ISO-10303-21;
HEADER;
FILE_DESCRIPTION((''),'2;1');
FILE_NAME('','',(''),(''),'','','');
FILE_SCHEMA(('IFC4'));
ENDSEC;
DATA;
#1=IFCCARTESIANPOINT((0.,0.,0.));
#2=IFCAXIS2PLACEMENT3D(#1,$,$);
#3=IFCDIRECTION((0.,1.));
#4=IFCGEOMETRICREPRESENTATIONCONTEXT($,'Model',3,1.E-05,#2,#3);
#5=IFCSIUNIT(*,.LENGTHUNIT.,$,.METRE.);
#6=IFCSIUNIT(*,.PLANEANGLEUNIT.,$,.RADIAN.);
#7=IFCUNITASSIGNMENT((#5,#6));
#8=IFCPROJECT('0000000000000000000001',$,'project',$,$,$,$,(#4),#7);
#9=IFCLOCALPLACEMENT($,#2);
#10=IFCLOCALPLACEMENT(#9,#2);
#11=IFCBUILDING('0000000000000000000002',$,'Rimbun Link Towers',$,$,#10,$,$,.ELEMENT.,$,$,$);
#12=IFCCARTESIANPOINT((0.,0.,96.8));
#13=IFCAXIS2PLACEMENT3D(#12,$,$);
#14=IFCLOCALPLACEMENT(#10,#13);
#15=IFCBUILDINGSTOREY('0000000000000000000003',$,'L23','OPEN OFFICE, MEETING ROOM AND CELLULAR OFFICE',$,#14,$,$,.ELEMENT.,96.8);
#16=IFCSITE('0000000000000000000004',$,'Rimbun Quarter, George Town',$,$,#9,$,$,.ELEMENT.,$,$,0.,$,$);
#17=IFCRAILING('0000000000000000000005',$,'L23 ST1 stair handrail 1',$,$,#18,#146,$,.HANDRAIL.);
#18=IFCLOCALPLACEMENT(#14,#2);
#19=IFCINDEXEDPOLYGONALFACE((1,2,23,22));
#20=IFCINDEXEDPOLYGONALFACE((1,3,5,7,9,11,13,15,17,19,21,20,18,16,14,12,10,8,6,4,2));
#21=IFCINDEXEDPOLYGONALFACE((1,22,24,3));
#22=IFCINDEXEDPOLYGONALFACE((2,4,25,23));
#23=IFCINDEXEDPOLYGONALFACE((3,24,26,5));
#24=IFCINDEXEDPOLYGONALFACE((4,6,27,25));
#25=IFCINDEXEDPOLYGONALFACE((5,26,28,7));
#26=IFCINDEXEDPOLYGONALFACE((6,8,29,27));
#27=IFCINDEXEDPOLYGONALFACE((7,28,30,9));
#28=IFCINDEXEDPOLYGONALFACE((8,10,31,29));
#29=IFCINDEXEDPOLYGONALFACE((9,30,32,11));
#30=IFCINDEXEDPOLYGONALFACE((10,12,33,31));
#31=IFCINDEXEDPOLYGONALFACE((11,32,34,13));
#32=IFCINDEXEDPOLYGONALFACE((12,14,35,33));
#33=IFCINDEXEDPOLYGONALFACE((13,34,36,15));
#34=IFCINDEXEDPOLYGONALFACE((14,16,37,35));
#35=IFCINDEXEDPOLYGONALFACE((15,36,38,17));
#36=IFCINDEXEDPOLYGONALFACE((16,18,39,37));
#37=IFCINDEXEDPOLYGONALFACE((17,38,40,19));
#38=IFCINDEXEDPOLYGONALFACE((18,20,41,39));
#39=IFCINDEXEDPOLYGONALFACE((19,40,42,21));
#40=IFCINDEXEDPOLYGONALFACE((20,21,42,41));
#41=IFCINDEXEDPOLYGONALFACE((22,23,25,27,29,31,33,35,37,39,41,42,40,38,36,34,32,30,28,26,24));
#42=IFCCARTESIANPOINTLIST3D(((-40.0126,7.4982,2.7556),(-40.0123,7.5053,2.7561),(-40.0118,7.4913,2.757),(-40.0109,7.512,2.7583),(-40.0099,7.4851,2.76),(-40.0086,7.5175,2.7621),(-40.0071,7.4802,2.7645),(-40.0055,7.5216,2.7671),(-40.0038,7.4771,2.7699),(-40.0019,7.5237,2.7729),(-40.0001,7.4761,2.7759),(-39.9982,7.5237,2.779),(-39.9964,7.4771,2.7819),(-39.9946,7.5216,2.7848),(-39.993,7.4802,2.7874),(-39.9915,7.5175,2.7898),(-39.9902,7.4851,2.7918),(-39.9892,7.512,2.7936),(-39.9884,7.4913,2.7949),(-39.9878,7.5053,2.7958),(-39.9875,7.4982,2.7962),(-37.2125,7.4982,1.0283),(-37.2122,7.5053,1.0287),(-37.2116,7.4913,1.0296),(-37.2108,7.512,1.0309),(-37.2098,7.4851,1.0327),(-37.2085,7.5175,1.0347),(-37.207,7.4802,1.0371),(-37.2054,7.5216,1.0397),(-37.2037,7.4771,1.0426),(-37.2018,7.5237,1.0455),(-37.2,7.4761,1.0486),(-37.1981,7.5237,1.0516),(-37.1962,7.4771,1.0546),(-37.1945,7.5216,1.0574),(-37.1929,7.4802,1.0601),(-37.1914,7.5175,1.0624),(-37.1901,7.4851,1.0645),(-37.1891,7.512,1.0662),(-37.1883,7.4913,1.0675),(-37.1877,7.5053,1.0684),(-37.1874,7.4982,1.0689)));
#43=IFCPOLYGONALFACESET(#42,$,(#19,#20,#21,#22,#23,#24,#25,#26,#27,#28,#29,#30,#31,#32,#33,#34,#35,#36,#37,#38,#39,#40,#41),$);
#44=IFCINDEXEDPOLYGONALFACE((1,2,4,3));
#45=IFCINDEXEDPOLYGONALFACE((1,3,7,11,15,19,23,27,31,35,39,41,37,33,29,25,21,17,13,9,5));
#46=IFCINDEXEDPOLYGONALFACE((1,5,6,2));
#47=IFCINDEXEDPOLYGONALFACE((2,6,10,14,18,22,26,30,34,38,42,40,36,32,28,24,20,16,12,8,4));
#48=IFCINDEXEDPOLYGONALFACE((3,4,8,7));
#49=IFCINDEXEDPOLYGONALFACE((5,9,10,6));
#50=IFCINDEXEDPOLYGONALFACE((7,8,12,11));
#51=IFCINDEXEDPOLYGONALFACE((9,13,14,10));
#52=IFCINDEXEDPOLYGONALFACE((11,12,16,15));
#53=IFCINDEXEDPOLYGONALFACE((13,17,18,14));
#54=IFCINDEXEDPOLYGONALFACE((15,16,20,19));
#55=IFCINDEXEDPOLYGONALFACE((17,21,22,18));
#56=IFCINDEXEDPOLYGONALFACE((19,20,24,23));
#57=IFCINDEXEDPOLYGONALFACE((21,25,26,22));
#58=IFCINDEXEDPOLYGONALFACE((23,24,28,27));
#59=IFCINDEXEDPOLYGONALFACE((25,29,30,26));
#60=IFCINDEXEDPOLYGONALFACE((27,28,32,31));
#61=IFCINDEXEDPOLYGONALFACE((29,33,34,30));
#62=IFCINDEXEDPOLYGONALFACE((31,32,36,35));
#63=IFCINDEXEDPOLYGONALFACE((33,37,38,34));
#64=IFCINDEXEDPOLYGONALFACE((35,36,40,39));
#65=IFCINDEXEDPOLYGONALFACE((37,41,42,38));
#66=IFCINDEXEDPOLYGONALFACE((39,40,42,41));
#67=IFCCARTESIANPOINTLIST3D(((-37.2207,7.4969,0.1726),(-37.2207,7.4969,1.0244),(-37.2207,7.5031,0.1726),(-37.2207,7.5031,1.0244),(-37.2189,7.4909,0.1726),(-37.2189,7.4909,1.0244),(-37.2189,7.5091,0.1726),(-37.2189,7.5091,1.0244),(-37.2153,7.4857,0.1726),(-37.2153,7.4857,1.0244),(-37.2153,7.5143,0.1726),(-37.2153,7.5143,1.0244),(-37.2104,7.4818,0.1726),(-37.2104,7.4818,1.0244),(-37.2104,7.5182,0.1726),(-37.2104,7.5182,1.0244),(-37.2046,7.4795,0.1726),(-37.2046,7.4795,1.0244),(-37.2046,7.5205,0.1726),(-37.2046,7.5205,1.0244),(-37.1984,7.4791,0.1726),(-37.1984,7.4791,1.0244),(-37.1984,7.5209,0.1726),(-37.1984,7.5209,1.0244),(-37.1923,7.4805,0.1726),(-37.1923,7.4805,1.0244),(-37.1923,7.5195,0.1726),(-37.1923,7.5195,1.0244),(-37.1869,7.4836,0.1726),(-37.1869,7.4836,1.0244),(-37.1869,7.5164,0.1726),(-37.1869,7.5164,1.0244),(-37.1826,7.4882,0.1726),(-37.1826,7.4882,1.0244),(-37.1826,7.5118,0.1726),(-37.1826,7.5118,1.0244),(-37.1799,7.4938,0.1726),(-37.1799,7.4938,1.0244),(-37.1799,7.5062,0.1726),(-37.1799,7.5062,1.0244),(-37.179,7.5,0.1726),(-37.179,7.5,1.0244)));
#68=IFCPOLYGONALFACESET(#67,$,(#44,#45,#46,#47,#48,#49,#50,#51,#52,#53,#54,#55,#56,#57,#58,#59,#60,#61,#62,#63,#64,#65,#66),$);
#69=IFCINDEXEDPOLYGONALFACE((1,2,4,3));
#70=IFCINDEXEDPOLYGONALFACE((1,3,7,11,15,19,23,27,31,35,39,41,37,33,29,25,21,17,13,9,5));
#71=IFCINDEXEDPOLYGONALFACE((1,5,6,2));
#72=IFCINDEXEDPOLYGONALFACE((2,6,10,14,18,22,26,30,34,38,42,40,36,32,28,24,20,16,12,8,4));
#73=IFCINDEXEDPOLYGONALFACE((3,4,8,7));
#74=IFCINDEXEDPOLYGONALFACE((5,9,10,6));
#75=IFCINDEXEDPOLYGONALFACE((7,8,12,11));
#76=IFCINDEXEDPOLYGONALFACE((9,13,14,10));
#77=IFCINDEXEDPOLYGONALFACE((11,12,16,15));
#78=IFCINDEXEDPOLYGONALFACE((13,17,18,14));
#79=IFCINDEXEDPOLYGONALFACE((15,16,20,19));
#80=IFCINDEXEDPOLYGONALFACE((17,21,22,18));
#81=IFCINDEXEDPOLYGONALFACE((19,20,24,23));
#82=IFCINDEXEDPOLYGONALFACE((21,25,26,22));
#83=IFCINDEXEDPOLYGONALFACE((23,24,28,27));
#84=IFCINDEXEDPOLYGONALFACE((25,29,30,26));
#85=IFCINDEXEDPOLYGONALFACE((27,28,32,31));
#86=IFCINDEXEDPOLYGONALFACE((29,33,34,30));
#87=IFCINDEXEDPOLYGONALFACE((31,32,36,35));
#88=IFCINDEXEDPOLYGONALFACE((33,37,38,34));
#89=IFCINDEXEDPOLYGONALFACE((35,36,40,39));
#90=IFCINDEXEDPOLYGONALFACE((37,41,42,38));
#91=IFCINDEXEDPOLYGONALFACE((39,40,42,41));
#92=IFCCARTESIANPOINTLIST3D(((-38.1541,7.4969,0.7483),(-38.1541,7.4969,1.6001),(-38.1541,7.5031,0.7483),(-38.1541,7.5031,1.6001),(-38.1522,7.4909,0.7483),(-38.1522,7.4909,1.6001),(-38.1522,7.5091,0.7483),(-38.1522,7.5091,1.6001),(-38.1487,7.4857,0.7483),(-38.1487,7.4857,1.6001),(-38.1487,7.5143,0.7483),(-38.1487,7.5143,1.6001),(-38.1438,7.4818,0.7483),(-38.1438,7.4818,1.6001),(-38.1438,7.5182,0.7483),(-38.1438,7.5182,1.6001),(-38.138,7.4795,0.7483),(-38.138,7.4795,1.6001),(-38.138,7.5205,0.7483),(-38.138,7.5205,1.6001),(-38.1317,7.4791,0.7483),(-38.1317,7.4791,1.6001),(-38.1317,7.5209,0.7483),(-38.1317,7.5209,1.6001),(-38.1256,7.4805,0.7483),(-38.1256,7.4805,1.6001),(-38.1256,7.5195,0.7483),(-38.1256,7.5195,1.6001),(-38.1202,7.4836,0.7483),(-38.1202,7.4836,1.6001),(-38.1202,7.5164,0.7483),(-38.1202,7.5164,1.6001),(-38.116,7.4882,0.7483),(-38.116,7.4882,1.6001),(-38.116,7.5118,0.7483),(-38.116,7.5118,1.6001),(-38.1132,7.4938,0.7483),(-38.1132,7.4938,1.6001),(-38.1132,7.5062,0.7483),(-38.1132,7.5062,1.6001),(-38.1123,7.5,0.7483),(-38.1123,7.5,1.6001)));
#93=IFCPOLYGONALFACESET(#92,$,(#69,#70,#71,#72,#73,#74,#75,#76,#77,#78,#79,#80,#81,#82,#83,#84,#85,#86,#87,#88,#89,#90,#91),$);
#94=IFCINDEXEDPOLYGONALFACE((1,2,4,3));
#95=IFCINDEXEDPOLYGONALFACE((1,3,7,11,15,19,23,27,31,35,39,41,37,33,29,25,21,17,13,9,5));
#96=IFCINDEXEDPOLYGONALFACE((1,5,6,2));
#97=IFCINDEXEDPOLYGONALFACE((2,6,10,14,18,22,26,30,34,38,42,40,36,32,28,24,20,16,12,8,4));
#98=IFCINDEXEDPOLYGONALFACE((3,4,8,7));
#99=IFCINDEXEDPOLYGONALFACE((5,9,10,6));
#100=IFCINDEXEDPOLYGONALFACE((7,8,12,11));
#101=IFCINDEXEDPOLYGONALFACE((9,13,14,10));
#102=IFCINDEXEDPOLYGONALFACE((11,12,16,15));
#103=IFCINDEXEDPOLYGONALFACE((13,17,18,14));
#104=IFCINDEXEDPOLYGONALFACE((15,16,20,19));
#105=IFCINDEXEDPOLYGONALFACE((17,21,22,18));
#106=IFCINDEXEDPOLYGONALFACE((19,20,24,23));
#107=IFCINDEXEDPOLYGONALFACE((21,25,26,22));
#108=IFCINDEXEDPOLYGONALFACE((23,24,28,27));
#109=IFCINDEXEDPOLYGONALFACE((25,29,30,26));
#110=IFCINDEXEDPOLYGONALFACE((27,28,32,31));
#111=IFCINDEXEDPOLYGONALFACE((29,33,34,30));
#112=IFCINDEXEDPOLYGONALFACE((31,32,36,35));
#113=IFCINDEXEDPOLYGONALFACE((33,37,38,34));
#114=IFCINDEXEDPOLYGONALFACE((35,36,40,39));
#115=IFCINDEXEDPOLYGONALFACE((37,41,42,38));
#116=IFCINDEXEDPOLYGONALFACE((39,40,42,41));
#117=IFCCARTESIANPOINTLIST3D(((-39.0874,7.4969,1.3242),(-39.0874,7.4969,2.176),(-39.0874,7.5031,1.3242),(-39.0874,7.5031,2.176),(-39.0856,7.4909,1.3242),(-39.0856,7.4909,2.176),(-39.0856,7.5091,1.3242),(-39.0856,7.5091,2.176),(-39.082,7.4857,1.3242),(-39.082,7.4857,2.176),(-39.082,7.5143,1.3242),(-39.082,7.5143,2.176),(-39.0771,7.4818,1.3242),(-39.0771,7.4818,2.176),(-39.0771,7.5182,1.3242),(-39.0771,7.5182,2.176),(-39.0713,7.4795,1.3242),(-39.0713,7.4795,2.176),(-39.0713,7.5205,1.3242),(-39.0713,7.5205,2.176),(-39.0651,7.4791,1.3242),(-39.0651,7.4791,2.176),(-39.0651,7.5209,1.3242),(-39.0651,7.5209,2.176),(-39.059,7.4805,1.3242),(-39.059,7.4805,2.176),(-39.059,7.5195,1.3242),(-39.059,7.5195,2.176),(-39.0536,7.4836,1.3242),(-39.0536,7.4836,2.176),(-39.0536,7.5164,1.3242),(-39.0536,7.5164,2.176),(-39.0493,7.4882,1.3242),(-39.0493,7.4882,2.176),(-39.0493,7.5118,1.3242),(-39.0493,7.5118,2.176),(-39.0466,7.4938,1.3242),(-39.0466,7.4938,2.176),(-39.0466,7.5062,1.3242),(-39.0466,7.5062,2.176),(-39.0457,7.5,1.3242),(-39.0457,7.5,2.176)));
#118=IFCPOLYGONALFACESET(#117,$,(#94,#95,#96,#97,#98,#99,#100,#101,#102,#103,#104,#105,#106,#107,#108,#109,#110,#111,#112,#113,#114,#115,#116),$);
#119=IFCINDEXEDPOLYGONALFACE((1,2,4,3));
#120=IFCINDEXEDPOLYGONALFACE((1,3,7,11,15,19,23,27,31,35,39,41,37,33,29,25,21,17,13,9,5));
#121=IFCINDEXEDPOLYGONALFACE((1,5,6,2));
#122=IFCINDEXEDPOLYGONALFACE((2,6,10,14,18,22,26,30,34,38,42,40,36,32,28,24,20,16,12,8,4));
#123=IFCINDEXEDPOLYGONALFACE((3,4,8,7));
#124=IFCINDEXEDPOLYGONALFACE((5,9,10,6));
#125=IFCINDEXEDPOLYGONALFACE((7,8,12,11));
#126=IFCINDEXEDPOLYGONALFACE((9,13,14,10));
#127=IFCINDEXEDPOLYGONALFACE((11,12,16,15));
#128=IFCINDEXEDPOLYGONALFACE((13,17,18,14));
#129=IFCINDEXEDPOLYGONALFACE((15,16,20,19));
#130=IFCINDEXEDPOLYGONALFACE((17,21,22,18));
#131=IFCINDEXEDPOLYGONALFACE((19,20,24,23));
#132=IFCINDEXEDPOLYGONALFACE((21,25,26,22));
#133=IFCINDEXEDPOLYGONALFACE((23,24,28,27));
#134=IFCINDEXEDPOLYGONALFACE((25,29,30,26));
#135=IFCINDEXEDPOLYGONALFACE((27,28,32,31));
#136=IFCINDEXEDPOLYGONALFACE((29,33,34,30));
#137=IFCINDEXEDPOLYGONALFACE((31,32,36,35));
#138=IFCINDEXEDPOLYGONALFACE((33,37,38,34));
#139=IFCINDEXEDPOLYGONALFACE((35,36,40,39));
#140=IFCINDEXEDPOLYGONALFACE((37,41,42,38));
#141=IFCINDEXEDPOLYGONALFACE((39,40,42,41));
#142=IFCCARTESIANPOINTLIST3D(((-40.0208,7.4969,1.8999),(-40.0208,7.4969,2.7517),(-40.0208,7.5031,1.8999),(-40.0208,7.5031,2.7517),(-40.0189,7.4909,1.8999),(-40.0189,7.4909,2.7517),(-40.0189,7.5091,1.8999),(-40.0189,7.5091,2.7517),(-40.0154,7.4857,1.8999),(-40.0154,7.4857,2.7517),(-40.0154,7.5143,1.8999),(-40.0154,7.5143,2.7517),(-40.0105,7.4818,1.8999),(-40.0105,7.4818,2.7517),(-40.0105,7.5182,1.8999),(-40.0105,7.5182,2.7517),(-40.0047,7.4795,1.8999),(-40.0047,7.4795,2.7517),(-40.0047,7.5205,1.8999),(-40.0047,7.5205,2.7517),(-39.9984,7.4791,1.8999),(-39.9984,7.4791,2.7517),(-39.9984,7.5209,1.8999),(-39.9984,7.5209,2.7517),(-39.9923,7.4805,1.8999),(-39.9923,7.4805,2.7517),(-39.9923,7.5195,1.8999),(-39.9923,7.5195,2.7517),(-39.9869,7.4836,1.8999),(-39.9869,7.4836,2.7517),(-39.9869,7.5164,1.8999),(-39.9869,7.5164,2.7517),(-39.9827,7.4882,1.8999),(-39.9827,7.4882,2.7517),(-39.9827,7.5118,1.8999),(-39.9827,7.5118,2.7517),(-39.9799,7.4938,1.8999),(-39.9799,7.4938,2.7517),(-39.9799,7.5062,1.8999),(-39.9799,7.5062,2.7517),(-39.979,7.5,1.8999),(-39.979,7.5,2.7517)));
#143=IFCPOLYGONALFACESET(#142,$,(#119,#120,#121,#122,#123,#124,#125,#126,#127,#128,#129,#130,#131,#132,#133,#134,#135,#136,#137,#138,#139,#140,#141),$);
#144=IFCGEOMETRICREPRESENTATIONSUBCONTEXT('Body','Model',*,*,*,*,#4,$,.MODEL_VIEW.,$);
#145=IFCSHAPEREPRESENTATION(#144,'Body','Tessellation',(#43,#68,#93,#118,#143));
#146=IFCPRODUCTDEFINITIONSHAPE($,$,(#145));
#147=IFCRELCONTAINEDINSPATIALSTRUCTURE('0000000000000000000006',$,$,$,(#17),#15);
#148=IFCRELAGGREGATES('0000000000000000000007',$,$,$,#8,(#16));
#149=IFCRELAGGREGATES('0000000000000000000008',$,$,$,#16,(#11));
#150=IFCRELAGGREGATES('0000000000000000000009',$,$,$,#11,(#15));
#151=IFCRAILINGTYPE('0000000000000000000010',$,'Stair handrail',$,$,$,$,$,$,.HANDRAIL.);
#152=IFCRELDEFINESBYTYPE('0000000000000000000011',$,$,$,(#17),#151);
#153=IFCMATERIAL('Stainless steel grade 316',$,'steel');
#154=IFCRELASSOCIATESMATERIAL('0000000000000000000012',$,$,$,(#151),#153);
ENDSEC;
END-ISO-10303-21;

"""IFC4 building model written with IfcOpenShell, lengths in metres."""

from ifc_helpers import new_model, si_unit, direction, frame, origin, origin_2d, place, context, subcontext, project, spatial, circle, extrude, material, type_object, element, save


model = new_model("IFC4")

# Units and contexts
model_context = context("Model", 3, precision=1e-05, world=origin(), true_north=direction((0.0, 1.0)))
body_context = subcontext(model_context, "Body", "Model", "MODEL_VIEW")
ifc_project = project(units=[si_unit("LENGTHUNIT", "METRE"), si_unit("PLANEANGLEUNIT", "RADIAN")], contexts=[model_context])

# Site, building, storey
site_placement = place(None, origin())
site = spatial("IfcSite", under=ifc_project, at=site_placement, Name="Rimbun Quarter, George Town", CompositionType="ELEMENT", RefElevation=0.0)
building_placement = place(site_placement, origin())
building = spatial("IfcBuilding", under=site, at=building_placement, Name="Rimbun Link Towers", CompositionType="ELEMENT")
storey_placement = place(building_placement, frame((0.0, 0.0, 96.8)))
storey = spatial("IfcBuildingStorey", under=building, at=storey_placement, Name="L23", Description="OPEN OFFICE, MEETING ROOM AND CELLULAR OFFICE", CompositionType="ELEMENT", Elevation=96.8)

# Railing
ifc_material_1 = material(Name="Stainless steel grade 316", Category="steel")
railing_type_1 = type_object("IfcRailingType", Name="Stair handrail", PredefinedType="HANDRAIL", material=ifc_material_1)
railing_1_placement = place(storey_placement, frame((-37.2, 7.5, 0.1726)))
element("IfcRailing", 1, at=railing_1_placement, inside=storey, type_object=railing_type_1, Name="L23 ST1 stair handrail 1", PredefinedType="HANDRAIL", context=body_context, shape_type="SweptSolid", body=[
    extrude(circle(Radius=0.0239, at=origin_2d()), frame((0.0, 0.0, 0.876), z_axis=(-0.85109, 0.0, 0.52502), x_axis=(0.0, -1.0, 0.0)), (0.0, 0.0, 1.0), 3.29),
    extrude(circle(Radius=0.021, at=origin_2d()), origin(), (0.0, 0.0, 1.0), 0.8518),
    extrude(circle(Radius=0.021, at=origin_2d()), frame((-0.9333, 0.0, 0.5757)), (0.0, 0.0, 1.0), 0.8518),
    extrude(circle(Radius=0.021, at=origin_2d()), frame((-1.8667, 0.0, 1.1516)), (0.0, 0.0, 1.0), 0.8518),
    extrude(circle(Radius=0.021, at=origin_2d()), frame((-2.8, 0.0, 1.7273)), (0.0, 0.0, 1.0), 0.8518),
])

save(model, "model.ifc")
